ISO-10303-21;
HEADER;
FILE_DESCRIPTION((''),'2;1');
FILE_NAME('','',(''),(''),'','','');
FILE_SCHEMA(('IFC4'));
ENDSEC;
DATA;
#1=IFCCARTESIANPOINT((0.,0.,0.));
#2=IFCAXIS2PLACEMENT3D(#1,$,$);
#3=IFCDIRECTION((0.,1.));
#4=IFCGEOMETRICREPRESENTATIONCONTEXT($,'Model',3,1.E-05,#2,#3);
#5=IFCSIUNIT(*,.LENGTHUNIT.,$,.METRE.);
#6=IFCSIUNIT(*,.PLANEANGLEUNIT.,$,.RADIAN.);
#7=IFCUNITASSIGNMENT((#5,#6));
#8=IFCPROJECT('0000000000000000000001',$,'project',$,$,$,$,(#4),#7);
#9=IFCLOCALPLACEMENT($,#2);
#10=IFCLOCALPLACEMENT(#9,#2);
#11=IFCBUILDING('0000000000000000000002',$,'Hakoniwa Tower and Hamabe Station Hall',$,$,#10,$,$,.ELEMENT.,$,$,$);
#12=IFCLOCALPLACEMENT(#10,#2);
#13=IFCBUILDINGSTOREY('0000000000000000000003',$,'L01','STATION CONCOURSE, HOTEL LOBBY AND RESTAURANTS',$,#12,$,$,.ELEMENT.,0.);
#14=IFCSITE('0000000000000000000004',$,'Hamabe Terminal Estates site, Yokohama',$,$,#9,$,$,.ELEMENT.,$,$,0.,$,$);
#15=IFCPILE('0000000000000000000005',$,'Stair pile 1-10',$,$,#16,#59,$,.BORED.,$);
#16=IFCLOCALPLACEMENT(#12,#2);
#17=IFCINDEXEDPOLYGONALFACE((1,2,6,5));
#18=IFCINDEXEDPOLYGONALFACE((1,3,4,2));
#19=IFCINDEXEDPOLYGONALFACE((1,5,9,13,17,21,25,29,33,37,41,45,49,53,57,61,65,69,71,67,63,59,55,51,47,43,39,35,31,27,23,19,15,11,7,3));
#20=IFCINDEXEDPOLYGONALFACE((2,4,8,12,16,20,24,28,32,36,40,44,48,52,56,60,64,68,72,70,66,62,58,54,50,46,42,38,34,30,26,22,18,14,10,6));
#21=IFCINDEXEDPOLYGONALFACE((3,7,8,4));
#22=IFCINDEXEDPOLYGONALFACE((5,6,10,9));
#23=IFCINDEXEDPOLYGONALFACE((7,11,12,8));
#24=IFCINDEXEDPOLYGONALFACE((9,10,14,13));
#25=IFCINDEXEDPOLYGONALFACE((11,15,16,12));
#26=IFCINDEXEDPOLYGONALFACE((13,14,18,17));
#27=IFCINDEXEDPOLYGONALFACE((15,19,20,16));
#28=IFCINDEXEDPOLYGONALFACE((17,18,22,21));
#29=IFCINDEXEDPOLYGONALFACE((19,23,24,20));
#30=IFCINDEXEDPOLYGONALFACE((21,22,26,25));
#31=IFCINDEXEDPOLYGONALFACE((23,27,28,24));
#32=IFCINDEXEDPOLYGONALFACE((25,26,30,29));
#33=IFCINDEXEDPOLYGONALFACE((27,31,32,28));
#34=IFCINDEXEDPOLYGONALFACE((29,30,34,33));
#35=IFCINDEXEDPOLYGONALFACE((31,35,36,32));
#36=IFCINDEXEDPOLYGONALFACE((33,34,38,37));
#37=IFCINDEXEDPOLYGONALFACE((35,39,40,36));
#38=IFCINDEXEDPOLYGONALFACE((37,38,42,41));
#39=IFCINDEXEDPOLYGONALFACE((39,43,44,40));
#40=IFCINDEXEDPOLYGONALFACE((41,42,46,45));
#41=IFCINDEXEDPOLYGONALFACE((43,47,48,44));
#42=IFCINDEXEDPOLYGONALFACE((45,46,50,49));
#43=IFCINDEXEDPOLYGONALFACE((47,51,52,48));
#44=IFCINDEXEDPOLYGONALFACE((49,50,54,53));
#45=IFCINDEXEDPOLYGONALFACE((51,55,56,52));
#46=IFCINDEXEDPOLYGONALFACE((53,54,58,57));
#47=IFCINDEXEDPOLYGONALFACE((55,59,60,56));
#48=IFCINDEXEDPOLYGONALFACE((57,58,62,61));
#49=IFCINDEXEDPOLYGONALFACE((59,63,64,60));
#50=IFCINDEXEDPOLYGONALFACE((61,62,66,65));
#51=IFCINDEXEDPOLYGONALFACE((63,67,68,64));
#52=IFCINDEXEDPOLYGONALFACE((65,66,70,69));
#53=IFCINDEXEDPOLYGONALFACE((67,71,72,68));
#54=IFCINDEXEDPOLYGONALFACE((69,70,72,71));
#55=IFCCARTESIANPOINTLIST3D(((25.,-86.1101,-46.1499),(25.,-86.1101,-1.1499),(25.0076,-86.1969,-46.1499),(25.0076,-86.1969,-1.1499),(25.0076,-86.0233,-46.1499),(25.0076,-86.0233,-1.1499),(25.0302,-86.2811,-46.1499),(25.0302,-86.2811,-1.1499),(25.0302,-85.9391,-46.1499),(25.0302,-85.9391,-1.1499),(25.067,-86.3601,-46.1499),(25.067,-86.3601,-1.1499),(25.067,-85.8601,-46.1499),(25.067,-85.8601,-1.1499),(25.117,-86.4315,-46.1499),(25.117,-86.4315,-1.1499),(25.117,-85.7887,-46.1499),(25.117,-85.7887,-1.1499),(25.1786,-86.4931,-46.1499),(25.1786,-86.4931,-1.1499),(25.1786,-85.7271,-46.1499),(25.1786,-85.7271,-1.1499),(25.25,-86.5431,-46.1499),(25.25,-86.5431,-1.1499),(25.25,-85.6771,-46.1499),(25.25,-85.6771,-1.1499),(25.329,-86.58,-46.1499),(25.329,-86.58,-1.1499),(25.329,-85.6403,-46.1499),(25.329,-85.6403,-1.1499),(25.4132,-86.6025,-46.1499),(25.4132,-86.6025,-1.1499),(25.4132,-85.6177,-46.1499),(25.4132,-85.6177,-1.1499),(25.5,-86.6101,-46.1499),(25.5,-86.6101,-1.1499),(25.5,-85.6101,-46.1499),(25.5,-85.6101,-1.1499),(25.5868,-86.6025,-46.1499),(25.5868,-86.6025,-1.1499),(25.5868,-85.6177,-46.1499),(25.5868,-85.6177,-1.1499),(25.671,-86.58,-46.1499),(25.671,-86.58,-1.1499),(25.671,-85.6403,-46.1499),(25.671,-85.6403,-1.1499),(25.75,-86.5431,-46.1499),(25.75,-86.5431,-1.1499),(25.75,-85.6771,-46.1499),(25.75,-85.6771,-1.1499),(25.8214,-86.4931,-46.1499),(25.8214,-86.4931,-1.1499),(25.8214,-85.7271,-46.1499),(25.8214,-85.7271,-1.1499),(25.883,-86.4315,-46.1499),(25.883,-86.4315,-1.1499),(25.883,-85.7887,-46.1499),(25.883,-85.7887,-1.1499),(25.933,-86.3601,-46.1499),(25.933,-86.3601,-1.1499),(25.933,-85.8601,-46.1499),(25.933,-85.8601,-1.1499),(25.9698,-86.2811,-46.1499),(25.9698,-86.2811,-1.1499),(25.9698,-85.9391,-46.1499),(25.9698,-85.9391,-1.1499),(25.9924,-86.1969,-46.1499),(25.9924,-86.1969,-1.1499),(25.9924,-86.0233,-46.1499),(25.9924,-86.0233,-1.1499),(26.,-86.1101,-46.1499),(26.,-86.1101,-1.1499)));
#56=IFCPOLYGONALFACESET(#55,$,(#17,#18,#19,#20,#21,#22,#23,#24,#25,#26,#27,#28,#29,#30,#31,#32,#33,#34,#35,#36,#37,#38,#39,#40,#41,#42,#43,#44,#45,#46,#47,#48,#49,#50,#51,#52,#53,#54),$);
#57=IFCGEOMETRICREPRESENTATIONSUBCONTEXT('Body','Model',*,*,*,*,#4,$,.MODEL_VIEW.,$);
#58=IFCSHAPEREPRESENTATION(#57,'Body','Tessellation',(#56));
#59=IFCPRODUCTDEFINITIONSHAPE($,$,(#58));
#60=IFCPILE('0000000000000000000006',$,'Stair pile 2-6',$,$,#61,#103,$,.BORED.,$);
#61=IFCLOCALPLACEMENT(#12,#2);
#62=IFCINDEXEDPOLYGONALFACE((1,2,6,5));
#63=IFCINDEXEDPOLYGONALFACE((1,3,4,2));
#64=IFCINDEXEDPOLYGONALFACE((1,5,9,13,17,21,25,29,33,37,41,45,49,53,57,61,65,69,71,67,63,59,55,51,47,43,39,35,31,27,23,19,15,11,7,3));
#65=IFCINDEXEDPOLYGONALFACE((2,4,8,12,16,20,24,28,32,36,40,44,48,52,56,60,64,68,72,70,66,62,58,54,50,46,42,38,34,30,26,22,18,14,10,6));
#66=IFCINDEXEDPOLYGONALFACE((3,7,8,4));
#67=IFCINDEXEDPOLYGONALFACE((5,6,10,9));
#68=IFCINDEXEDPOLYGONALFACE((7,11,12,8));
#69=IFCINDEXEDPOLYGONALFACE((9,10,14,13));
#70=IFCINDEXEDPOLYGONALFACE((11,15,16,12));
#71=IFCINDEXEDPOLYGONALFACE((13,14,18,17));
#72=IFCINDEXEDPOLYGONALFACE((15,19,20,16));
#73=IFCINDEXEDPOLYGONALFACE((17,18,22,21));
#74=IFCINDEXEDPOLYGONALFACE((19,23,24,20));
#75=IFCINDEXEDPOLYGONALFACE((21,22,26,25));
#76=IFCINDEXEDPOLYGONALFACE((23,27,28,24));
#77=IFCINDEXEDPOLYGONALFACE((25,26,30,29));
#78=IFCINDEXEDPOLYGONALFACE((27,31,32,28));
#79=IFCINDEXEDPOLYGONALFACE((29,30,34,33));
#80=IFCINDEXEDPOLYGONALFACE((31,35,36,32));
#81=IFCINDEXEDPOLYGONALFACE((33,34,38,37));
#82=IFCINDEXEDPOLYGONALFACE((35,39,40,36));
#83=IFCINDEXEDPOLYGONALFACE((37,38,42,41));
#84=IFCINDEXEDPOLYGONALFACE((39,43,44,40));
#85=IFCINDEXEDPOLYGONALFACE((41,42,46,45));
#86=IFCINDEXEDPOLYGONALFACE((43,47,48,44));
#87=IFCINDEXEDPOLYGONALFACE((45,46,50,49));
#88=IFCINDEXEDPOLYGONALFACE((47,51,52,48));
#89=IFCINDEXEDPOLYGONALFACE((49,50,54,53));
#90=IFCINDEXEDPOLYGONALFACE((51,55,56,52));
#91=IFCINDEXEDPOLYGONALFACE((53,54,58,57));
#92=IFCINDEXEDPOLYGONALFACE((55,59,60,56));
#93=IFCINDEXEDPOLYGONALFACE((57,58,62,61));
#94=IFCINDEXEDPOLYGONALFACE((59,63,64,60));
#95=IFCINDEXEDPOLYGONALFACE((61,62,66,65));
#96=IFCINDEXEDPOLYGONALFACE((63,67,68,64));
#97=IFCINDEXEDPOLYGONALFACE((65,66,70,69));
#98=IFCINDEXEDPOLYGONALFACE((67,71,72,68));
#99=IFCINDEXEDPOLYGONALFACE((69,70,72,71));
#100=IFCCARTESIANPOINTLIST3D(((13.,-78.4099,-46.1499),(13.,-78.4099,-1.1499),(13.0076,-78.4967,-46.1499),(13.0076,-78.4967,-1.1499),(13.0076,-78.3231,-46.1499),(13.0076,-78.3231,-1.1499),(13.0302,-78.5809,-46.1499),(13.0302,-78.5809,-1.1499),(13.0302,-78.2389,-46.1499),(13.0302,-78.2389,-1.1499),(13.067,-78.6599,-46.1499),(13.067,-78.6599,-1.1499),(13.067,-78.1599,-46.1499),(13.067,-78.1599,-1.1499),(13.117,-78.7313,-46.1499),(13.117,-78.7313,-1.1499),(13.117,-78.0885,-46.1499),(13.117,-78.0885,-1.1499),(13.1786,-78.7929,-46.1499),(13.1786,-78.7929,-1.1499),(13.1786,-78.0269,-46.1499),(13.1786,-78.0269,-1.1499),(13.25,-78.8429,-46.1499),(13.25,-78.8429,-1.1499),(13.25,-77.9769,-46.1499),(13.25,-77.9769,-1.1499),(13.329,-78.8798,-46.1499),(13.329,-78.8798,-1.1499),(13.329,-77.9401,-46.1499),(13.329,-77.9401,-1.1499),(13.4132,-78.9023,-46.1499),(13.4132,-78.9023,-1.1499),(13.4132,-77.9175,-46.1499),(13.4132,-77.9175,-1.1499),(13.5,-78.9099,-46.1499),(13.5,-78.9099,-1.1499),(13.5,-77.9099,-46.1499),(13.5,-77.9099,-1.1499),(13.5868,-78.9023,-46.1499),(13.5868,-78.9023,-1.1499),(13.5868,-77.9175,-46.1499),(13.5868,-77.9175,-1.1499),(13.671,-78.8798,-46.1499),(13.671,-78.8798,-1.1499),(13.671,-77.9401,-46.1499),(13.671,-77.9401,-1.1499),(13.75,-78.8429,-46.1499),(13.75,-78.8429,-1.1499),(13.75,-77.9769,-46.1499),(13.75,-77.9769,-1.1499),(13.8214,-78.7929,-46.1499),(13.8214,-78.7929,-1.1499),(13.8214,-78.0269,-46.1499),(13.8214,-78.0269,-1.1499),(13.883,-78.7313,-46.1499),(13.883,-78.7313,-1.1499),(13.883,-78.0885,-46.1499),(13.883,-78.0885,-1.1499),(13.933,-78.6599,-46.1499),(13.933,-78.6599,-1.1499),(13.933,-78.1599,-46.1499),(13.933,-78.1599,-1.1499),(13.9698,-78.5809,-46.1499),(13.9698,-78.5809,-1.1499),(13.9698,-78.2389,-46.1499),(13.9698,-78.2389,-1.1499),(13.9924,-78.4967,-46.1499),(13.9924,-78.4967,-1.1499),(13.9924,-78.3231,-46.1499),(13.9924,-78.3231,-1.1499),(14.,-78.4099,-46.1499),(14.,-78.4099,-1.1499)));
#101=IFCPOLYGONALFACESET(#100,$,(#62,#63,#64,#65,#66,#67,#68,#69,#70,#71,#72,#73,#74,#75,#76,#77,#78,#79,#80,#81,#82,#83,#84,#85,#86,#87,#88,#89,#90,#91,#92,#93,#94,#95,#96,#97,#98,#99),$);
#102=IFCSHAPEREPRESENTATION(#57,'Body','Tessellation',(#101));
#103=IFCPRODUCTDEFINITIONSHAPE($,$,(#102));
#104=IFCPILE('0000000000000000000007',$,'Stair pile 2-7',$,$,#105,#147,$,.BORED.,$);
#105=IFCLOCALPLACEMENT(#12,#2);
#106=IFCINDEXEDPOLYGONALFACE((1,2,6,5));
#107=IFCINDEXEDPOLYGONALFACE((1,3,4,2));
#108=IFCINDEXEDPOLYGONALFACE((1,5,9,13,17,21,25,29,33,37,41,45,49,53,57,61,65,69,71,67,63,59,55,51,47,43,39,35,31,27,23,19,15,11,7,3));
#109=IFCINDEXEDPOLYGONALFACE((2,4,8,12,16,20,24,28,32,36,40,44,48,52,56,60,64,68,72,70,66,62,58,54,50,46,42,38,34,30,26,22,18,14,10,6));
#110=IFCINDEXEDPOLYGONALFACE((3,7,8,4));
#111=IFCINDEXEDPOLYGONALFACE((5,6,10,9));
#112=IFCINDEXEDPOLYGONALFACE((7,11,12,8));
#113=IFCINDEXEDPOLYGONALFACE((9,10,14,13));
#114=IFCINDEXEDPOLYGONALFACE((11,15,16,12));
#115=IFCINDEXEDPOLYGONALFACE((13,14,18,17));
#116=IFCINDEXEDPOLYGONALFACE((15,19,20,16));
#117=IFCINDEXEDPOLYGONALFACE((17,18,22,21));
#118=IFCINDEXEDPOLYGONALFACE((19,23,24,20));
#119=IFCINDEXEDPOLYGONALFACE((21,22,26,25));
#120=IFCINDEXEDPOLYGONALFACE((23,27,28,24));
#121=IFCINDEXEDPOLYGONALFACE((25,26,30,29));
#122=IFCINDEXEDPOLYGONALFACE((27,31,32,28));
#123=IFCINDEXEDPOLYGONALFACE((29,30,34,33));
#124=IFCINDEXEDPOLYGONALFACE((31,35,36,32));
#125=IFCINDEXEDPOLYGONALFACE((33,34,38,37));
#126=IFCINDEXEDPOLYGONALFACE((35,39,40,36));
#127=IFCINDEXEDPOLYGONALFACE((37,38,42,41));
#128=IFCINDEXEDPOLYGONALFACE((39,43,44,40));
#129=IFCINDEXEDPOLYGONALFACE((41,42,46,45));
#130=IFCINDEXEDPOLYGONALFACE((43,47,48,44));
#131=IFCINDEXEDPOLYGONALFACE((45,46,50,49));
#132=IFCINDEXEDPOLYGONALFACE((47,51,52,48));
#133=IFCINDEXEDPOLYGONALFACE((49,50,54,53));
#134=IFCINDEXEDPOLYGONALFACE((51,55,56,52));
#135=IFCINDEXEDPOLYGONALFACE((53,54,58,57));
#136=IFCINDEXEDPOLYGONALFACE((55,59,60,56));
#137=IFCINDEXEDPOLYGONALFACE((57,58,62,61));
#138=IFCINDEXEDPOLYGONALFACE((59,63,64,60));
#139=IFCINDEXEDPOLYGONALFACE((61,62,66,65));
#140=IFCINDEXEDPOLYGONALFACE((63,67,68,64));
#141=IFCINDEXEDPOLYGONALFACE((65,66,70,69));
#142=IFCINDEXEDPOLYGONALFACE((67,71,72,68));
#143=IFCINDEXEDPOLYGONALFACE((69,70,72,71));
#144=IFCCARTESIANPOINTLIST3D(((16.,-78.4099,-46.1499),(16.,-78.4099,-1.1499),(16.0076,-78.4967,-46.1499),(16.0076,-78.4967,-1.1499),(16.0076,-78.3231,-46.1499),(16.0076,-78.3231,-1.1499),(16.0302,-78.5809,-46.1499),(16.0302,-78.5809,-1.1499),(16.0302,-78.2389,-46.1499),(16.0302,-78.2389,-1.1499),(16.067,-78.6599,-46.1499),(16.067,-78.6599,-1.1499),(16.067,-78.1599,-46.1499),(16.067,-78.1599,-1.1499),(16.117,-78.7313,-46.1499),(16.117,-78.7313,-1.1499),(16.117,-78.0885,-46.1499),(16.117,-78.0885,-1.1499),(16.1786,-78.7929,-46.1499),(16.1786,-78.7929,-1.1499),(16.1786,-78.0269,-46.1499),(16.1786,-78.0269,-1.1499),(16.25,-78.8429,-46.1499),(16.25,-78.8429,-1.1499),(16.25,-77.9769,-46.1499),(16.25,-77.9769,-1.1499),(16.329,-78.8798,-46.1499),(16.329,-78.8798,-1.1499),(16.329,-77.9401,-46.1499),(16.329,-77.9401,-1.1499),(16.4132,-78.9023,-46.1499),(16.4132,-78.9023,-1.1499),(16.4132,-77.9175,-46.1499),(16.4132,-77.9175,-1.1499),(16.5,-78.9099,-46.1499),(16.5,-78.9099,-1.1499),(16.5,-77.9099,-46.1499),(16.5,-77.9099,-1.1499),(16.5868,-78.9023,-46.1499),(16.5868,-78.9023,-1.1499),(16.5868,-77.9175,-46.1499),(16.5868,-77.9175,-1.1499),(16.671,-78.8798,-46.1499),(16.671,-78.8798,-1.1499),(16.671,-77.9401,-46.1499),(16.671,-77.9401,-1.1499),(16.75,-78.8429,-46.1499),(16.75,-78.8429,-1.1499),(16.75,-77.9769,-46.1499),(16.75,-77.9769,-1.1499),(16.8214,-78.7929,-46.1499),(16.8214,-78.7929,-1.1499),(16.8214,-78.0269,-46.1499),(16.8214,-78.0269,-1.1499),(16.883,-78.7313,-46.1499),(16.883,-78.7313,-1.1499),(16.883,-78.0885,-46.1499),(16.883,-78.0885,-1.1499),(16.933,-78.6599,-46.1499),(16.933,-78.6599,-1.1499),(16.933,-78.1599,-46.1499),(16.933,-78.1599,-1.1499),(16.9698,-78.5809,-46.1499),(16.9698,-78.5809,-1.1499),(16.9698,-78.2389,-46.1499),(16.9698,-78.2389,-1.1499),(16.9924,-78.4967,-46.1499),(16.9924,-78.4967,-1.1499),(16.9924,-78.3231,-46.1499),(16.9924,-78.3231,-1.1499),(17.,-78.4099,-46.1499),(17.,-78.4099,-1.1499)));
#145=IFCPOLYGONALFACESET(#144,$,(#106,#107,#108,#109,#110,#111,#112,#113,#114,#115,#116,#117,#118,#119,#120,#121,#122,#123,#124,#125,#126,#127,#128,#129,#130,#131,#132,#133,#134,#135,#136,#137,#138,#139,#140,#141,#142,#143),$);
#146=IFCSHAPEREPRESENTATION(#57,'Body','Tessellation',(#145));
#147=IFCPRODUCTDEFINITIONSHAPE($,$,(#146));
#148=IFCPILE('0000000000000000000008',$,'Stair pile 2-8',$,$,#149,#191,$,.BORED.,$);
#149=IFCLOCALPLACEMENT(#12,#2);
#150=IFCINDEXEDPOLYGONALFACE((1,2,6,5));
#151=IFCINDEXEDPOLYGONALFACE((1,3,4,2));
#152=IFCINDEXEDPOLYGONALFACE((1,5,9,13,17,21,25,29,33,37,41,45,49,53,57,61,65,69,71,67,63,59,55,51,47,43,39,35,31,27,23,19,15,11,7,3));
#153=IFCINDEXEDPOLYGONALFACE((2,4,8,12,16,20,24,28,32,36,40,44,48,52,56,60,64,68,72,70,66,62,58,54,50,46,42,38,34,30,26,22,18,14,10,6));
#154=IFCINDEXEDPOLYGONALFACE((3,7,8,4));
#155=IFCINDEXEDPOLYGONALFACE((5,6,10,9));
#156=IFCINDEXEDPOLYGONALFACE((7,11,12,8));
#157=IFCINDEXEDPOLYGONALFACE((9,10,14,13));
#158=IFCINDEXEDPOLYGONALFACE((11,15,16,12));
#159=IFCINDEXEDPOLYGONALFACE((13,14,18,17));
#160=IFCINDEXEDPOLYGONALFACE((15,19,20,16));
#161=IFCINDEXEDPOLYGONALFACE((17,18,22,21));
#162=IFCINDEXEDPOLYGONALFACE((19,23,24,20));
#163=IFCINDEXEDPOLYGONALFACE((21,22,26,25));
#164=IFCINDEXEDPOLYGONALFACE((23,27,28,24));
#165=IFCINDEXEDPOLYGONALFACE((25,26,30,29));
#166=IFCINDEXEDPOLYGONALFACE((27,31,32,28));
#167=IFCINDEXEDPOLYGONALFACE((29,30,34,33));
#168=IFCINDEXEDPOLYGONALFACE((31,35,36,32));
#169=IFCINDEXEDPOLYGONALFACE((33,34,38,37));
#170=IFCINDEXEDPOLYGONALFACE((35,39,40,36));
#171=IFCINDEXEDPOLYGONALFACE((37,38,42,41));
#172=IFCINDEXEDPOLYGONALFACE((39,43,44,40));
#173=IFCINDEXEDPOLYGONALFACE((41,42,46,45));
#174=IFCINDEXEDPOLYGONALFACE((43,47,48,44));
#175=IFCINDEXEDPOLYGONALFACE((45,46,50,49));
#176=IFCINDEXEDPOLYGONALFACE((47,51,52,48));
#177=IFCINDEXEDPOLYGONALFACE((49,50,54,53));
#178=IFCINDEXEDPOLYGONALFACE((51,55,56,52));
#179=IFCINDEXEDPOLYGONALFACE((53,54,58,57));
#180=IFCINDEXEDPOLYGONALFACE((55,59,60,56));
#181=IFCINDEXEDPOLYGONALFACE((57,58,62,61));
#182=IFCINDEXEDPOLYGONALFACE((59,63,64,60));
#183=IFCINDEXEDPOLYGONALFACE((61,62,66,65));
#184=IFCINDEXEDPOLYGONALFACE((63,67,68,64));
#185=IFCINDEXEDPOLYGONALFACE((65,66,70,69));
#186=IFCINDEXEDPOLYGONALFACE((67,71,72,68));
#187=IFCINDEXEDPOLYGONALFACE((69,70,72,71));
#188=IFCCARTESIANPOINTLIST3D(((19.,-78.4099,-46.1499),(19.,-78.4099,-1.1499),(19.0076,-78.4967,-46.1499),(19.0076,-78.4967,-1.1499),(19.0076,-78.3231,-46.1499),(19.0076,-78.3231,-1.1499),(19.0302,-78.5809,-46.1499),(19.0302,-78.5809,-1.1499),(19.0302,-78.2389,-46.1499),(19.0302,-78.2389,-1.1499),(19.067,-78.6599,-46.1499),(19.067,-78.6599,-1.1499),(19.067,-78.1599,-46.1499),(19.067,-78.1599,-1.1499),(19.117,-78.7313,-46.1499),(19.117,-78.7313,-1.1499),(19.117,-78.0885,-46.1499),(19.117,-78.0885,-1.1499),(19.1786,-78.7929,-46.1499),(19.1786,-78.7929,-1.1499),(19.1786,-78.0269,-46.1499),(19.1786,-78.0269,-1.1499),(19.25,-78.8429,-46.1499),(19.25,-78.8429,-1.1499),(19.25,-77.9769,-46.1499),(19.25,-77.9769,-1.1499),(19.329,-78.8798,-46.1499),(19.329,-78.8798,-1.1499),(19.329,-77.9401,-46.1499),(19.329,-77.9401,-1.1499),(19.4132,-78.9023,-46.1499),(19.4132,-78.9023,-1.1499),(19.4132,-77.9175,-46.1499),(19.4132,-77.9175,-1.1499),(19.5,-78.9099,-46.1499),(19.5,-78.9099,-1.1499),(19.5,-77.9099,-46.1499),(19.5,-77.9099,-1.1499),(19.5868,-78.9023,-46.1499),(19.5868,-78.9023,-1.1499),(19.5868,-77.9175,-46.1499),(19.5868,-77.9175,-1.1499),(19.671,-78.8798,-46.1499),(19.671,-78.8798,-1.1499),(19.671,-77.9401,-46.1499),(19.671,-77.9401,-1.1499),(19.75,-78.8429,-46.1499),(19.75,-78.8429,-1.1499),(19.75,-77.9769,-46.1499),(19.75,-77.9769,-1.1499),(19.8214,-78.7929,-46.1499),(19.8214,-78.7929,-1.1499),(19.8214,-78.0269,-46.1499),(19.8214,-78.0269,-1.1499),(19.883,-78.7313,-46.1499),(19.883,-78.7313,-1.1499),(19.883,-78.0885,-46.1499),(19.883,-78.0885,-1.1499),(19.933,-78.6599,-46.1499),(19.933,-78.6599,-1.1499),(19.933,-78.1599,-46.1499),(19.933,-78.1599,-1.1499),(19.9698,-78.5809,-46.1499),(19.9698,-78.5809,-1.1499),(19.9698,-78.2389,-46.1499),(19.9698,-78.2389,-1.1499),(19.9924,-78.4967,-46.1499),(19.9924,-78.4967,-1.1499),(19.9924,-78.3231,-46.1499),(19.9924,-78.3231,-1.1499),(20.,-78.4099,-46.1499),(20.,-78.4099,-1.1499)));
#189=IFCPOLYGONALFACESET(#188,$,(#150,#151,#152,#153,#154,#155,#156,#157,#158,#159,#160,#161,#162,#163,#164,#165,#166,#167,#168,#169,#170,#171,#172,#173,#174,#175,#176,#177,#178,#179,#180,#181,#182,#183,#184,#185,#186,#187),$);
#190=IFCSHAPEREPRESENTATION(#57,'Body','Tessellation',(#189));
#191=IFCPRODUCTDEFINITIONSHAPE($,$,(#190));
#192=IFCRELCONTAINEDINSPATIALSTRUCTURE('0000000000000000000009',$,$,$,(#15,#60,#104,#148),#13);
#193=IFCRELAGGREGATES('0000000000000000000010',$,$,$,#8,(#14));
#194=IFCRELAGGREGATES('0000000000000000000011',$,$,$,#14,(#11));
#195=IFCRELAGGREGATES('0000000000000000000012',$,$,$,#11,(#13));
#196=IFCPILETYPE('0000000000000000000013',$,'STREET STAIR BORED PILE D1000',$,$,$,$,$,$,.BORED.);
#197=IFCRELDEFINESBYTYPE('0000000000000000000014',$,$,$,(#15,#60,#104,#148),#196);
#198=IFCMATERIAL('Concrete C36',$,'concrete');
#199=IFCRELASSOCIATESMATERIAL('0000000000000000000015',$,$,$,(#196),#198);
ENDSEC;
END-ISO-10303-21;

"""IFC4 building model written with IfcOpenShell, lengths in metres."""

from ifc_helpers import new_model, si_unit, direction, frame, origin, origin_2d, place, context, subcontext, project, spatial, circle, extrude, material, material_profile, profile_set, type_object, element, save


model = new_model("IFC4")

# Units and contexts
model_context = context("Model", 3, precision=1e-05, world=origin(), true_north=direction((0.0, 1.0)))
body_context = subcontext(model_context, "Body", "Model", "MODEL_VIEW")
ifc_project = project(units=[si_unit("LENGTHUNIT", "METRE"), si_unit("PLANEANGLEUNIT", "RADIAN")], contexts=[model_context])

# Site, building, storey
site_placement = place(None, origin())
site = spatial("IfcSite", under=ifc_project, at=site_placement, Name="Hamabe Terminal Estates site, Yokohama", CompositionType="ELEMENT", RefElevation=0.0)
building_placement = place(site_placement, origin())
building = spatial("IfcBuilding", under=site, at=building_placement, Name="Hakoniwa Tower and Hamabe Station Hall", CompositionType="ELEMENT")
storey_placement = place(building_placement, origin())
storey = spatial("IfcBuildingStorey", under=building, at=storey_placement, Name="L01", Description="STATION CONCOURSE, HOTEL LOBBY AND RESTAURANTS", CompositionType="ELEMENT", Elevation=0.0)

# Piles
ifc_material_1 = material(Name="Concrete C36", Category="concrete")
ifc_material_profile = material_profile(ifc_material_1, circle(Radius=0.5, at=origin_2d()), Name="STREET STAIR BORED PILE D1000")
ifc_profile_set = profile_set([ifc_material_profile], Name="Concrete C36")
pile_type = type_object("IfcPileType", Name="STREET STAIR BORED PILE D1000", PredefinedType="BORED", material=ifc_profile_set)
for number, where, z_axis, x_axis, name in (
    (1, (25.5, -86.1101, -1.1499), (0.0, 0.0, -1.0), (1.0, 0.0, 0.0), "Stair pile 1-10"),
    (2, (13.5, -78.4099, -1.1499), (0.0, 0.0, -1.0), (1.0, 0.0, 0.0), "Stair pile 2-6"),
    (3, (16.5, -78.4099, -1.1499), (0.0, 0.0, -1.0), (1.0, 0.0, 0.0), "Stair pile 2-7"),
    (4, (19.5, -78.4099, -1.1499), (0.0, 0.0, -1.0), (1.0, 0.0, 0.0), "Stair pile 2-8"),
):
    element("IfcPile", number, at=place(storey_placement, frame(where, z_axis=z_axis, x_axis=x_axis)), inside=storey, type_object=pile_type, Name=name, PredefinedType="BORED", context=body_context, shape_type="SweptSolid", body=[
        extrude(circle(Radius=0.5, at=origin_2d()), origin(), (0.0, 0.0, 1.0), 45.0),
    ])

save(model, "model.ifc")
